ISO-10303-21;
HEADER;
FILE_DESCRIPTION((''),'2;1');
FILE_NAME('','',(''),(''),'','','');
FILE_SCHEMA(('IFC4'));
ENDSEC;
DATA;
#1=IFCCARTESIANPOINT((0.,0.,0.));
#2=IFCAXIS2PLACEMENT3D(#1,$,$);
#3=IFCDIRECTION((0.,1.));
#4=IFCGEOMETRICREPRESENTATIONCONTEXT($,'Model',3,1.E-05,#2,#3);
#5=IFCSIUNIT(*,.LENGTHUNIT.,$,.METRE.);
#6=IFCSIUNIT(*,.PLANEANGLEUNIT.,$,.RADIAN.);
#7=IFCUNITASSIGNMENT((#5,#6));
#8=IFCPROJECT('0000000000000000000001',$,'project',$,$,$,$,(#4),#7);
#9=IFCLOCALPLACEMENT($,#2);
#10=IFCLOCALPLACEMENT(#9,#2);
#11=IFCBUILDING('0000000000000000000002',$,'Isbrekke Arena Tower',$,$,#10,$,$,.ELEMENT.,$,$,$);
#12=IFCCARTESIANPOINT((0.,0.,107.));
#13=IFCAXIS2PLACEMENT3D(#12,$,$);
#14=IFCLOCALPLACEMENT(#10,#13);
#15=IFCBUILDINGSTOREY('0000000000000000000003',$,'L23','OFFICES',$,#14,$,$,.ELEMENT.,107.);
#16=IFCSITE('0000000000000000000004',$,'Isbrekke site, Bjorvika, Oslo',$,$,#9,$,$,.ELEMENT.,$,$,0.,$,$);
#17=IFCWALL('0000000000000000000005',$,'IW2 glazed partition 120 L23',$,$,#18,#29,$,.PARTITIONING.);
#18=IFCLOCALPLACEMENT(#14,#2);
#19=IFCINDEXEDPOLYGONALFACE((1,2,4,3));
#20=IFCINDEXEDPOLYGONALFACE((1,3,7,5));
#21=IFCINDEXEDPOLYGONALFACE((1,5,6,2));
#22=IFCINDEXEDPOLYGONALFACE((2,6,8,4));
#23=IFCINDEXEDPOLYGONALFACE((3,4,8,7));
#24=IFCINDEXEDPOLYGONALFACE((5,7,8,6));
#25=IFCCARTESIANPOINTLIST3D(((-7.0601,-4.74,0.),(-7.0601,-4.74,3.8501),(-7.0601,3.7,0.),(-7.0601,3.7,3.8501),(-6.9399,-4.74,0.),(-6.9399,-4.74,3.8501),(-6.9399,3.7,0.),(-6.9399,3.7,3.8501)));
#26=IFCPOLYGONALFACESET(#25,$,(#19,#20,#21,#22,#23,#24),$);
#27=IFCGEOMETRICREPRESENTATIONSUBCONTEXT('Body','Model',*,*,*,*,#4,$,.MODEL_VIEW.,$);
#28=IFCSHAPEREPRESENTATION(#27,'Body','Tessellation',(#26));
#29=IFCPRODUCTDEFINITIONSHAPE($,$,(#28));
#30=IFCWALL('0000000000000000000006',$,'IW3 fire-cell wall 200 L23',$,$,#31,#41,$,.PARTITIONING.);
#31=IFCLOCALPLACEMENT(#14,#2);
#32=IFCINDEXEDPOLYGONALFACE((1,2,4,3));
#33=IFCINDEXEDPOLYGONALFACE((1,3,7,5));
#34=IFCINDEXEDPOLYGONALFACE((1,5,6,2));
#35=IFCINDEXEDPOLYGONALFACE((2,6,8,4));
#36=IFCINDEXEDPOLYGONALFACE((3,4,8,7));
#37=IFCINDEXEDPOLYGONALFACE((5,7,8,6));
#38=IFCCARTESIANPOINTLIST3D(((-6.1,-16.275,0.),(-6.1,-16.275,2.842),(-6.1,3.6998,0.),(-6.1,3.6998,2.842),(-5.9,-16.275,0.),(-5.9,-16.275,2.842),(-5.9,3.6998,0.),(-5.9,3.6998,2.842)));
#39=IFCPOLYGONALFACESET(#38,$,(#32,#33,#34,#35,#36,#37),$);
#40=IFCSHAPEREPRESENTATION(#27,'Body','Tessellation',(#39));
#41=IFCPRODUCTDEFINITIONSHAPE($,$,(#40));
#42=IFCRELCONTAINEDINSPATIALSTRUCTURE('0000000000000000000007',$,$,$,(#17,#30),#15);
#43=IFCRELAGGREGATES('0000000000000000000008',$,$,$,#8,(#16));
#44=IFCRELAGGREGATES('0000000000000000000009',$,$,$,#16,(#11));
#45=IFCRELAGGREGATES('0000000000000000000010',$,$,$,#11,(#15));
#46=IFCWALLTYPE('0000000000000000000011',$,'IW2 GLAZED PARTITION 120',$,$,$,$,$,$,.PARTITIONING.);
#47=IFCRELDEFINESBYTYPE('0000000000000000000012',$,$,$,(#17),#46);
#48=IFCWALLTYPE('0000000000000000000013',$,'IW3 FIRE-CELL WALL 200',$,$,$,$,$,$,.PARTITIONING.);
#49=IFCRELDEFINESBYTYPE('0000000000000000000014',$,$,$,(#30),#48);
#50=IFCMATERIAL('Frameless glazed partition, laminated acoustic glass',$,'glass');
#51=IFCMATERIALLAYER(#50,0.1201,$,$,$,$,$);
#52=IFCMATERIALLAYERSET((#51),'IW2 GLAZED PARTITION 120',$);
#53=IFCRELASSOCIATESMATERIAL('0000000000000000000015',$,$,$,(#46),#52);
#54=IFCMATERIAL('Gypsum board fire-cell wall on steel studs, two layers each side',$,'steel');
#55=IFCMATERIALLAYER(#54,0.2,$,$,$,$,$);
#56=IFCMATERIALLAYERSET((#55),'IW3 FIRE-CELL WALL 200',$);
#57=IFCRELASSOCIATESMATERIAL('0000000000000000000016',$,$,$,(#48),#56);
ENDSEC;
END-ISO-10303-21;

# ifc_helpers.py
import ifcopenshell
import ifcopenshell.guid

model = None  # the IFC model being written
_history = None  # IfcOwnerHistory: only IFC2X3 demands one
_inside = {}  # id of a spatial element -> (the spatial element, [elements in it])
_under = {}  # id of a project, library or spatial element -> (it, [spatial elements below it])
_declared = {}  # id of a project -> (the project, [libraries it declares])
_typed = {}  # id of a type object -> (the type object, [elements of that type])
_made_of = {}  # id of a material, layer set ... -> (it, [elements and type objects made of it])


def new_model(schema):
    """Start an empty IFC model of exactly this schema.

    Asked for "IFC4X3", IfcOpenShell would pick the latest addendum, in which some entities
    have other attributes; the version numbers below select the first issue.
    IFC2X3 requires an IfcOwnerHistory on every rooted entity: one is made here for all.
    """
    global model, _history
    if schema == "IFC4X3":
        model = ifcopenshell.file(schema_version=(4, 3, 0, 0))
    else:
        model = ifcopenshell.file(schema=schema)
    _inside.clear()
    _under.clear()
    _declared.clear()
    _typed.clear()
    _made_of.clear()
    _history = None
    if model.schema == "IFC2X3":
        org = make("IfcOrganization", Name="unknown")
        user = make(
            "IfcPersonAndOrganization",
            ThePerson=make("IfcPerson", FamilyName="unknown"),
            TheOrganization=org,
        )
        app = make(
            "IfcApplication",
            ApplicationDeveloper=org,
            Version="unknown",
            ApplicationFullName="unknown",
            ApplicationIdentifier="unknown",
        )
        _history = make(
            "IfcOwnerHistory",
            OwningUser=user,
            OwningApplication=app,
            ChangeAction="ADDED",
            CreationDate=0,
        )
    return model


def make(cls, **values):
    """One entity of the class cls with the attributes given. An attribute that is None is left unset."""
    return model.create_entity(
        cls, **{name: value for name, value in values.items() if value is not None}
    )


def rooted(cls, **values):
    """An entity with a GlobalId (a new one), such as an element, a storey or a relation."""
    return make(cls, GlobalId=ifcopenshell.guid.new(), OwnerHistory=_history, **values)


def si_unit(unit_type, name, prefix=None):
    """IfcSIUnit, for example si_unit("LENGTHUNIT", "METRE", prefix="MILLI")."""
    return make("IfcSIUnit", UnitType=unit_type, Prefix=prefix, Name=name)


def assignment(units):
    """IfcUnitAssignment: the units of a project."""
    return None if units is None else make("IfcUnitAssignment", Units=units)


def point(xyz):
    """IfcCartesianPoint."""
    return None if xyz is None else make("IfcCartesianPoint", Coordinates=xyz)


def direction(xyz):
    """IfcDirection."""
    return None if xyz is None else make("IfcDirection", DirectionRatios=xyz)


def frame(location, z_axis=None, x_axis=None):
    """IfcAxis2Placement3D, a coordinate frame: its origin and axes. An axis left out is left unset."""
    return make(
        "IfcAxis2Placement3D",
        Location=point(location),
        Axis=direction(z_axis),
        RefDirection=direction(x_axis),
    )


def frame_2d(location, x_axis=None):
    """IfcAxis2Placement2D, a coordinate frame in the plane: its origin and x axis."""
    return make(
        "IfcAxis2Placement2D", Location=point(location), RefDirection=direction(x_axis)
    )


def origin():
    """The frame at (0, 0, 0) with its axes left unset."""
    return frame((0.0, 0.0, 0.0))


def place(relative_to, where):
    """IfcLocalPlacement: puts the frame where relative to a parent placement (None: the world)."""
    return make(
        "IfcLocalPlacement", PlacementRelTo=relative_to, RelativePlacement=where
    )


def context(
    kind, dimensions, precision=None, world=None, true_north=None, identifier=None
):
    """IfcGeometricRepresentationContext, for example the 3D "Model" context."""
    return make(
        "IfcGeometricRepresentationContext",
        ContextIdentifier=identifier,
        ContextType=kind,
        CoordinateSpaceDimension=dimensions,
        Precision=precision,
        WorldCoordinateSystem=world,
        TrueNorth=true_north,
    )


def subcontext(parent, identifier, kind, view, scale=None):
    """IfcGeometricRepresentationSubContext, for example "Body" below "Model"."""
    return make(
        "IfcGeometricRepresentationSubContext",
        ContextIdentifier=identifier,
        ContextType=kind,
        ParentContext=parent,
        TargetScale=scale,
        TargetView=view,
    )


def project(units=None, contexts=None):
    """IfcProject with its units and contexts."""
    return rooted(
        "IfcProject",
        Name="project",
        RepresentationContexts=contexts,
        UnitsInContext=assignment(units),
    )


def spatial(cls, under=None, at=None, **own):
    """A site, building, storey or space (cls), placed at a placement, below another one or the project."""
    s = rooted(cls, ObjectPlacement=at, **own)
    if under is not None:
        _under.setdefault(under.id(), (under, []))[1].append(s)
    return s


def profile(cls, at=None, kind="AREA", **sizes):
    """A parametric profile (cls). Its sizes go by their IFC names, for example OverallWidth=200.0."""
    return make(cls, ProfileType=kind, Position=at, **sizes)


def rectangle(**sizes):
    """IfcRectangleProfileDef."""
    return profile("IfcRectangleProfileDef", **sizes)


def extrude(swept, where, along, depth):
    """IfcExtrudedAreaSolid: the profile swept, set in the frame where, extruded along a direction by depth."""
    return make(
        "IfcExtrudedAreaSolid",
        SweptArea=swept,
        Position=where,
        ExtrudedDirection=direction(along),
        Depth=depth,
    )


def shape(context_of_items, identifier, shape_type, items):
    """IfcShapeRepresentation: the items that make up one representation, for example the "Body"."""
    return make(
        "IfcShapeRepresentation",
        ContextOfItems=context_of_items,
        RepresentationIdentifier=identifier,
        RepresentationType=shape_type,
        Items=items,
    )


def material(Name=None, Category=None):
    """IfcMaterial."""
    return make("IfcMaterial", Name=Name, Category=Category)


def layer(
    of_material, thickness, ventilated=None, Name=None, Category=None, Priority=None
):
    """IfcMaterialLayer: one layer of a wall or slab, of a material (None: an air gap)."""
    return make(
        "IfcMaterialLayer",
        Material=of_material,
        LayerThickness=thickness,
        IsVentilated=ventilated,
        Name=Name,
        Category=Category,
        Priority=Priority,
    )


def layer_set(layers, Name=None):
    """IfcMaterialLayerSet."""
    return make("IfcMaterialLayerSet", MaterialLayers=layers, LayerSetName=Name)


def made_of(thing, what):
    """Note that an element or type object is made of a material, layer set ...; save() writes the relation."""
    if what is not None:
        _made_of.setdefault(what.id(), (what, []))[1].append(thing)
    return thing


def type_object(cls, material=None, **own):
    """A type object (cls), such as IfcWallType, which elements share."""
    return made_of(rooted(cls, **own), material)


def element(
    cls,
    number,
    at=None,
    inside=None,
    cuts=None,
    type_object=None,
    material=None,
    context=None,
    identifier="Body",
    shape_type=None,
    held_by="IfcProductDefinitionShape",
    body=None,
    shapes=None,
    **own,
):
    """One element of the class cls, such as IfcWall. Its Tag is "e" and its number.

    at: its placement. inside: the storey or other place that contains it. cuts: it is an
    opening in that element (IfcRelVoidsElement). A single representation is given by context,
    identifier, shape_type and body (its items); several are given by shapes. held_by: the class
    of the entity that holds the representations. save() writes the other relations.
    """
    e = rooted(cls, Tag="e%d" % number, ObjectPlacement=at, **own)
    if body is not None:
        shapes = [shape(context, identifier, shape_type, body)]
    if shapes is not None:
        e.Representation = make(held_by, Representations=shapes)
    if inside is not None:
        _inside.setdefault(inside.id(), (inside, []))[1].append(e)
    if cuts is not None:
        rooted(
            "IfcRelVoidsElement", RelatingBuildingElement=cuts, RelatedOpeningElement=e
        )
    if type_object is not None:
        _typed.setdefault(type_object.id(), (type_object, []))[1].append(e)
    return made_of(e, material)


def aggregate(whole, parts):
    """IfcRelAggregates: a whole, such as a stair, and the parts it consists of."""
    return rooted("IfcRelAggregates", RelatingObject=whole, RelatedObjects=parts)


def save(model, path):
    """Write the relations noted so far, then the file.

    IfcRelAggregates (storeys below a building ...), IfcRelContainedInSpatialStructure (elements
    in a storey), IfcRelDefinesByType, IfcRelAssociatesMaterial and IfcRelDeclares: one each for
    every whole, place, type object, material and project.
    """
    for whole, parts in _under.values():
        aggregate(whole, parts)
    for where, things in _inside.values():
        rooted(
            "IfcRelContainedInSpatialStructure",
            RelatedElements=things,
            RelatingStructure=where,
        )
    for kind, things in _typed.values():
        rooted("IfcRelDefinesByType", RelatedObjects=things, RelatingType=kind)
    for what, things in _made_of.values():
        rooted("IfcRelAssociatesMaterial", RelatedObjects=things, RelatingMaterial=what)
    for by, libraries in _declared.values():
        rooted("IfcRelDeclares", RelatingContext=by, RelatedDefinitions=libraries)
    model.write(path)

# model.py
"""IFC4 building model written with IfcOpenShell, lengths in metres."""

from ifc_helpers import new_model, si_unit, direction, frame, frame_2d, origin, place, context, subcontext, project, spatial, rectangle, extrude, material, layer, layer_set, type_object, element, save


model = new_model("IFC4")

# Units and contexts
model_context = context("Model", 3, precision=1e-05, world=origin(), true_north=direction((0.0, 1.0)))
body_context = subcontext(model_context, "Body", "Model", "MODEL_VIEW")
ifc_project = project(units=[si_unit("LENGTHUNIT", "METRE"), si_unit("PLANEANGLEUNIT", "RADIAN")], contexts=[model_context])

# Site, building, storey
site_placement = place(None, origin())
site = spatial("IfcSite", under=ifc_project, at=site_placement, Name="Isbrekke site, Bjorvika, Oslo", CompositionType="ELEMENT", RefElevation=0.0)
building_placement = place(site_placement, origin())
building = spatial("IfcBuilding", under=site, at=building_placement, Name="Isbrekke Arena Tower", CompositionType="ELEMENT")
storey_placement = place(building_placement, frame((0.0, 0.0, 107.0)))
storey = spatial("IfcBuildingStorey", under=building, at=storey_placement, Name="L23", Description="OFFICES", CompositionType="ELEMENT", Elevation=107.0)

# Walls
ifc_material_1 = material(Name="Frameless glazed partition, laminated acoustic glass", Category="glass")
ifc_layer_1 = layer(ifc_material_1, 0.1201)
ifc_layer_set_1 = layer_set([ifc_layer_1], Name="IW2 GLAZED PARTITION 120")
wall_type_1 = type_object("IfcWallType", Name="IW2 GLAZED PARTITION 120", PredefinedType="PARTITIONING", material=ifc_layer_set_1)
wall_1_placement = place(storey_placement, frame((-7.0, -4.74, 0.0), z_axis=(0.0, 0.0, 1.0), x_axis=(0.0, 1.0, 0.0)))
element("IfcWall", 1, at=wall_1_placement, inside=storey, type_object=wall_type_1, Name="IW2 glazed partition 120 L23", PredefinedType="PARTITIONING", context=body_context, shape_type="SweptSolid", body=[
    extrude(rectangle(XDim=8.4399, YDim=0.1201, at=frame_2d((4.22, 0.0))), origin(), (0.0, 0.0, 1.0), 3.8501),
])
ifc_material_2 = material(Name="Gypsum board fire-cell wall on steel studs, two layers each side", Category="steel")
ifc_layer_2 = layer(ifc_material_2, 0.2)
ifc_layer_set_2 = layer_set([ifc_layer_2], Name="IW3 FIRE-CELL WALL 200")
wall_type_2 = type_object("IfcWallType", Name="IW3 FIRE-CELL WALL 200", PredefinedType="PARTITIONING", material=ifc_layer_set_2)
wall_2_placement = place(storey_placement, frame((-6.0, -16.2749, 0.0), z_axis=(0.0, 0.0, 1.0), x_axis=(0.0, 1.0, 0.0)))
element("IfcWall", 2, at=wall_2_placement, inside=storey, type_object=wall_type_2, Name="IW3 fire-cell wall 200 L23", PredefinedType="PARTITIONING", context=body_context, shape_type="SweptSolid", body=[
    extrude(rectangle(XDim=19.9749, YDim=0.2, at=frame_2d((9.9873, 0.0))), origin(), (0.0, 0.0, 1.0), 2.842),
])

save(model, "model.ifc")
